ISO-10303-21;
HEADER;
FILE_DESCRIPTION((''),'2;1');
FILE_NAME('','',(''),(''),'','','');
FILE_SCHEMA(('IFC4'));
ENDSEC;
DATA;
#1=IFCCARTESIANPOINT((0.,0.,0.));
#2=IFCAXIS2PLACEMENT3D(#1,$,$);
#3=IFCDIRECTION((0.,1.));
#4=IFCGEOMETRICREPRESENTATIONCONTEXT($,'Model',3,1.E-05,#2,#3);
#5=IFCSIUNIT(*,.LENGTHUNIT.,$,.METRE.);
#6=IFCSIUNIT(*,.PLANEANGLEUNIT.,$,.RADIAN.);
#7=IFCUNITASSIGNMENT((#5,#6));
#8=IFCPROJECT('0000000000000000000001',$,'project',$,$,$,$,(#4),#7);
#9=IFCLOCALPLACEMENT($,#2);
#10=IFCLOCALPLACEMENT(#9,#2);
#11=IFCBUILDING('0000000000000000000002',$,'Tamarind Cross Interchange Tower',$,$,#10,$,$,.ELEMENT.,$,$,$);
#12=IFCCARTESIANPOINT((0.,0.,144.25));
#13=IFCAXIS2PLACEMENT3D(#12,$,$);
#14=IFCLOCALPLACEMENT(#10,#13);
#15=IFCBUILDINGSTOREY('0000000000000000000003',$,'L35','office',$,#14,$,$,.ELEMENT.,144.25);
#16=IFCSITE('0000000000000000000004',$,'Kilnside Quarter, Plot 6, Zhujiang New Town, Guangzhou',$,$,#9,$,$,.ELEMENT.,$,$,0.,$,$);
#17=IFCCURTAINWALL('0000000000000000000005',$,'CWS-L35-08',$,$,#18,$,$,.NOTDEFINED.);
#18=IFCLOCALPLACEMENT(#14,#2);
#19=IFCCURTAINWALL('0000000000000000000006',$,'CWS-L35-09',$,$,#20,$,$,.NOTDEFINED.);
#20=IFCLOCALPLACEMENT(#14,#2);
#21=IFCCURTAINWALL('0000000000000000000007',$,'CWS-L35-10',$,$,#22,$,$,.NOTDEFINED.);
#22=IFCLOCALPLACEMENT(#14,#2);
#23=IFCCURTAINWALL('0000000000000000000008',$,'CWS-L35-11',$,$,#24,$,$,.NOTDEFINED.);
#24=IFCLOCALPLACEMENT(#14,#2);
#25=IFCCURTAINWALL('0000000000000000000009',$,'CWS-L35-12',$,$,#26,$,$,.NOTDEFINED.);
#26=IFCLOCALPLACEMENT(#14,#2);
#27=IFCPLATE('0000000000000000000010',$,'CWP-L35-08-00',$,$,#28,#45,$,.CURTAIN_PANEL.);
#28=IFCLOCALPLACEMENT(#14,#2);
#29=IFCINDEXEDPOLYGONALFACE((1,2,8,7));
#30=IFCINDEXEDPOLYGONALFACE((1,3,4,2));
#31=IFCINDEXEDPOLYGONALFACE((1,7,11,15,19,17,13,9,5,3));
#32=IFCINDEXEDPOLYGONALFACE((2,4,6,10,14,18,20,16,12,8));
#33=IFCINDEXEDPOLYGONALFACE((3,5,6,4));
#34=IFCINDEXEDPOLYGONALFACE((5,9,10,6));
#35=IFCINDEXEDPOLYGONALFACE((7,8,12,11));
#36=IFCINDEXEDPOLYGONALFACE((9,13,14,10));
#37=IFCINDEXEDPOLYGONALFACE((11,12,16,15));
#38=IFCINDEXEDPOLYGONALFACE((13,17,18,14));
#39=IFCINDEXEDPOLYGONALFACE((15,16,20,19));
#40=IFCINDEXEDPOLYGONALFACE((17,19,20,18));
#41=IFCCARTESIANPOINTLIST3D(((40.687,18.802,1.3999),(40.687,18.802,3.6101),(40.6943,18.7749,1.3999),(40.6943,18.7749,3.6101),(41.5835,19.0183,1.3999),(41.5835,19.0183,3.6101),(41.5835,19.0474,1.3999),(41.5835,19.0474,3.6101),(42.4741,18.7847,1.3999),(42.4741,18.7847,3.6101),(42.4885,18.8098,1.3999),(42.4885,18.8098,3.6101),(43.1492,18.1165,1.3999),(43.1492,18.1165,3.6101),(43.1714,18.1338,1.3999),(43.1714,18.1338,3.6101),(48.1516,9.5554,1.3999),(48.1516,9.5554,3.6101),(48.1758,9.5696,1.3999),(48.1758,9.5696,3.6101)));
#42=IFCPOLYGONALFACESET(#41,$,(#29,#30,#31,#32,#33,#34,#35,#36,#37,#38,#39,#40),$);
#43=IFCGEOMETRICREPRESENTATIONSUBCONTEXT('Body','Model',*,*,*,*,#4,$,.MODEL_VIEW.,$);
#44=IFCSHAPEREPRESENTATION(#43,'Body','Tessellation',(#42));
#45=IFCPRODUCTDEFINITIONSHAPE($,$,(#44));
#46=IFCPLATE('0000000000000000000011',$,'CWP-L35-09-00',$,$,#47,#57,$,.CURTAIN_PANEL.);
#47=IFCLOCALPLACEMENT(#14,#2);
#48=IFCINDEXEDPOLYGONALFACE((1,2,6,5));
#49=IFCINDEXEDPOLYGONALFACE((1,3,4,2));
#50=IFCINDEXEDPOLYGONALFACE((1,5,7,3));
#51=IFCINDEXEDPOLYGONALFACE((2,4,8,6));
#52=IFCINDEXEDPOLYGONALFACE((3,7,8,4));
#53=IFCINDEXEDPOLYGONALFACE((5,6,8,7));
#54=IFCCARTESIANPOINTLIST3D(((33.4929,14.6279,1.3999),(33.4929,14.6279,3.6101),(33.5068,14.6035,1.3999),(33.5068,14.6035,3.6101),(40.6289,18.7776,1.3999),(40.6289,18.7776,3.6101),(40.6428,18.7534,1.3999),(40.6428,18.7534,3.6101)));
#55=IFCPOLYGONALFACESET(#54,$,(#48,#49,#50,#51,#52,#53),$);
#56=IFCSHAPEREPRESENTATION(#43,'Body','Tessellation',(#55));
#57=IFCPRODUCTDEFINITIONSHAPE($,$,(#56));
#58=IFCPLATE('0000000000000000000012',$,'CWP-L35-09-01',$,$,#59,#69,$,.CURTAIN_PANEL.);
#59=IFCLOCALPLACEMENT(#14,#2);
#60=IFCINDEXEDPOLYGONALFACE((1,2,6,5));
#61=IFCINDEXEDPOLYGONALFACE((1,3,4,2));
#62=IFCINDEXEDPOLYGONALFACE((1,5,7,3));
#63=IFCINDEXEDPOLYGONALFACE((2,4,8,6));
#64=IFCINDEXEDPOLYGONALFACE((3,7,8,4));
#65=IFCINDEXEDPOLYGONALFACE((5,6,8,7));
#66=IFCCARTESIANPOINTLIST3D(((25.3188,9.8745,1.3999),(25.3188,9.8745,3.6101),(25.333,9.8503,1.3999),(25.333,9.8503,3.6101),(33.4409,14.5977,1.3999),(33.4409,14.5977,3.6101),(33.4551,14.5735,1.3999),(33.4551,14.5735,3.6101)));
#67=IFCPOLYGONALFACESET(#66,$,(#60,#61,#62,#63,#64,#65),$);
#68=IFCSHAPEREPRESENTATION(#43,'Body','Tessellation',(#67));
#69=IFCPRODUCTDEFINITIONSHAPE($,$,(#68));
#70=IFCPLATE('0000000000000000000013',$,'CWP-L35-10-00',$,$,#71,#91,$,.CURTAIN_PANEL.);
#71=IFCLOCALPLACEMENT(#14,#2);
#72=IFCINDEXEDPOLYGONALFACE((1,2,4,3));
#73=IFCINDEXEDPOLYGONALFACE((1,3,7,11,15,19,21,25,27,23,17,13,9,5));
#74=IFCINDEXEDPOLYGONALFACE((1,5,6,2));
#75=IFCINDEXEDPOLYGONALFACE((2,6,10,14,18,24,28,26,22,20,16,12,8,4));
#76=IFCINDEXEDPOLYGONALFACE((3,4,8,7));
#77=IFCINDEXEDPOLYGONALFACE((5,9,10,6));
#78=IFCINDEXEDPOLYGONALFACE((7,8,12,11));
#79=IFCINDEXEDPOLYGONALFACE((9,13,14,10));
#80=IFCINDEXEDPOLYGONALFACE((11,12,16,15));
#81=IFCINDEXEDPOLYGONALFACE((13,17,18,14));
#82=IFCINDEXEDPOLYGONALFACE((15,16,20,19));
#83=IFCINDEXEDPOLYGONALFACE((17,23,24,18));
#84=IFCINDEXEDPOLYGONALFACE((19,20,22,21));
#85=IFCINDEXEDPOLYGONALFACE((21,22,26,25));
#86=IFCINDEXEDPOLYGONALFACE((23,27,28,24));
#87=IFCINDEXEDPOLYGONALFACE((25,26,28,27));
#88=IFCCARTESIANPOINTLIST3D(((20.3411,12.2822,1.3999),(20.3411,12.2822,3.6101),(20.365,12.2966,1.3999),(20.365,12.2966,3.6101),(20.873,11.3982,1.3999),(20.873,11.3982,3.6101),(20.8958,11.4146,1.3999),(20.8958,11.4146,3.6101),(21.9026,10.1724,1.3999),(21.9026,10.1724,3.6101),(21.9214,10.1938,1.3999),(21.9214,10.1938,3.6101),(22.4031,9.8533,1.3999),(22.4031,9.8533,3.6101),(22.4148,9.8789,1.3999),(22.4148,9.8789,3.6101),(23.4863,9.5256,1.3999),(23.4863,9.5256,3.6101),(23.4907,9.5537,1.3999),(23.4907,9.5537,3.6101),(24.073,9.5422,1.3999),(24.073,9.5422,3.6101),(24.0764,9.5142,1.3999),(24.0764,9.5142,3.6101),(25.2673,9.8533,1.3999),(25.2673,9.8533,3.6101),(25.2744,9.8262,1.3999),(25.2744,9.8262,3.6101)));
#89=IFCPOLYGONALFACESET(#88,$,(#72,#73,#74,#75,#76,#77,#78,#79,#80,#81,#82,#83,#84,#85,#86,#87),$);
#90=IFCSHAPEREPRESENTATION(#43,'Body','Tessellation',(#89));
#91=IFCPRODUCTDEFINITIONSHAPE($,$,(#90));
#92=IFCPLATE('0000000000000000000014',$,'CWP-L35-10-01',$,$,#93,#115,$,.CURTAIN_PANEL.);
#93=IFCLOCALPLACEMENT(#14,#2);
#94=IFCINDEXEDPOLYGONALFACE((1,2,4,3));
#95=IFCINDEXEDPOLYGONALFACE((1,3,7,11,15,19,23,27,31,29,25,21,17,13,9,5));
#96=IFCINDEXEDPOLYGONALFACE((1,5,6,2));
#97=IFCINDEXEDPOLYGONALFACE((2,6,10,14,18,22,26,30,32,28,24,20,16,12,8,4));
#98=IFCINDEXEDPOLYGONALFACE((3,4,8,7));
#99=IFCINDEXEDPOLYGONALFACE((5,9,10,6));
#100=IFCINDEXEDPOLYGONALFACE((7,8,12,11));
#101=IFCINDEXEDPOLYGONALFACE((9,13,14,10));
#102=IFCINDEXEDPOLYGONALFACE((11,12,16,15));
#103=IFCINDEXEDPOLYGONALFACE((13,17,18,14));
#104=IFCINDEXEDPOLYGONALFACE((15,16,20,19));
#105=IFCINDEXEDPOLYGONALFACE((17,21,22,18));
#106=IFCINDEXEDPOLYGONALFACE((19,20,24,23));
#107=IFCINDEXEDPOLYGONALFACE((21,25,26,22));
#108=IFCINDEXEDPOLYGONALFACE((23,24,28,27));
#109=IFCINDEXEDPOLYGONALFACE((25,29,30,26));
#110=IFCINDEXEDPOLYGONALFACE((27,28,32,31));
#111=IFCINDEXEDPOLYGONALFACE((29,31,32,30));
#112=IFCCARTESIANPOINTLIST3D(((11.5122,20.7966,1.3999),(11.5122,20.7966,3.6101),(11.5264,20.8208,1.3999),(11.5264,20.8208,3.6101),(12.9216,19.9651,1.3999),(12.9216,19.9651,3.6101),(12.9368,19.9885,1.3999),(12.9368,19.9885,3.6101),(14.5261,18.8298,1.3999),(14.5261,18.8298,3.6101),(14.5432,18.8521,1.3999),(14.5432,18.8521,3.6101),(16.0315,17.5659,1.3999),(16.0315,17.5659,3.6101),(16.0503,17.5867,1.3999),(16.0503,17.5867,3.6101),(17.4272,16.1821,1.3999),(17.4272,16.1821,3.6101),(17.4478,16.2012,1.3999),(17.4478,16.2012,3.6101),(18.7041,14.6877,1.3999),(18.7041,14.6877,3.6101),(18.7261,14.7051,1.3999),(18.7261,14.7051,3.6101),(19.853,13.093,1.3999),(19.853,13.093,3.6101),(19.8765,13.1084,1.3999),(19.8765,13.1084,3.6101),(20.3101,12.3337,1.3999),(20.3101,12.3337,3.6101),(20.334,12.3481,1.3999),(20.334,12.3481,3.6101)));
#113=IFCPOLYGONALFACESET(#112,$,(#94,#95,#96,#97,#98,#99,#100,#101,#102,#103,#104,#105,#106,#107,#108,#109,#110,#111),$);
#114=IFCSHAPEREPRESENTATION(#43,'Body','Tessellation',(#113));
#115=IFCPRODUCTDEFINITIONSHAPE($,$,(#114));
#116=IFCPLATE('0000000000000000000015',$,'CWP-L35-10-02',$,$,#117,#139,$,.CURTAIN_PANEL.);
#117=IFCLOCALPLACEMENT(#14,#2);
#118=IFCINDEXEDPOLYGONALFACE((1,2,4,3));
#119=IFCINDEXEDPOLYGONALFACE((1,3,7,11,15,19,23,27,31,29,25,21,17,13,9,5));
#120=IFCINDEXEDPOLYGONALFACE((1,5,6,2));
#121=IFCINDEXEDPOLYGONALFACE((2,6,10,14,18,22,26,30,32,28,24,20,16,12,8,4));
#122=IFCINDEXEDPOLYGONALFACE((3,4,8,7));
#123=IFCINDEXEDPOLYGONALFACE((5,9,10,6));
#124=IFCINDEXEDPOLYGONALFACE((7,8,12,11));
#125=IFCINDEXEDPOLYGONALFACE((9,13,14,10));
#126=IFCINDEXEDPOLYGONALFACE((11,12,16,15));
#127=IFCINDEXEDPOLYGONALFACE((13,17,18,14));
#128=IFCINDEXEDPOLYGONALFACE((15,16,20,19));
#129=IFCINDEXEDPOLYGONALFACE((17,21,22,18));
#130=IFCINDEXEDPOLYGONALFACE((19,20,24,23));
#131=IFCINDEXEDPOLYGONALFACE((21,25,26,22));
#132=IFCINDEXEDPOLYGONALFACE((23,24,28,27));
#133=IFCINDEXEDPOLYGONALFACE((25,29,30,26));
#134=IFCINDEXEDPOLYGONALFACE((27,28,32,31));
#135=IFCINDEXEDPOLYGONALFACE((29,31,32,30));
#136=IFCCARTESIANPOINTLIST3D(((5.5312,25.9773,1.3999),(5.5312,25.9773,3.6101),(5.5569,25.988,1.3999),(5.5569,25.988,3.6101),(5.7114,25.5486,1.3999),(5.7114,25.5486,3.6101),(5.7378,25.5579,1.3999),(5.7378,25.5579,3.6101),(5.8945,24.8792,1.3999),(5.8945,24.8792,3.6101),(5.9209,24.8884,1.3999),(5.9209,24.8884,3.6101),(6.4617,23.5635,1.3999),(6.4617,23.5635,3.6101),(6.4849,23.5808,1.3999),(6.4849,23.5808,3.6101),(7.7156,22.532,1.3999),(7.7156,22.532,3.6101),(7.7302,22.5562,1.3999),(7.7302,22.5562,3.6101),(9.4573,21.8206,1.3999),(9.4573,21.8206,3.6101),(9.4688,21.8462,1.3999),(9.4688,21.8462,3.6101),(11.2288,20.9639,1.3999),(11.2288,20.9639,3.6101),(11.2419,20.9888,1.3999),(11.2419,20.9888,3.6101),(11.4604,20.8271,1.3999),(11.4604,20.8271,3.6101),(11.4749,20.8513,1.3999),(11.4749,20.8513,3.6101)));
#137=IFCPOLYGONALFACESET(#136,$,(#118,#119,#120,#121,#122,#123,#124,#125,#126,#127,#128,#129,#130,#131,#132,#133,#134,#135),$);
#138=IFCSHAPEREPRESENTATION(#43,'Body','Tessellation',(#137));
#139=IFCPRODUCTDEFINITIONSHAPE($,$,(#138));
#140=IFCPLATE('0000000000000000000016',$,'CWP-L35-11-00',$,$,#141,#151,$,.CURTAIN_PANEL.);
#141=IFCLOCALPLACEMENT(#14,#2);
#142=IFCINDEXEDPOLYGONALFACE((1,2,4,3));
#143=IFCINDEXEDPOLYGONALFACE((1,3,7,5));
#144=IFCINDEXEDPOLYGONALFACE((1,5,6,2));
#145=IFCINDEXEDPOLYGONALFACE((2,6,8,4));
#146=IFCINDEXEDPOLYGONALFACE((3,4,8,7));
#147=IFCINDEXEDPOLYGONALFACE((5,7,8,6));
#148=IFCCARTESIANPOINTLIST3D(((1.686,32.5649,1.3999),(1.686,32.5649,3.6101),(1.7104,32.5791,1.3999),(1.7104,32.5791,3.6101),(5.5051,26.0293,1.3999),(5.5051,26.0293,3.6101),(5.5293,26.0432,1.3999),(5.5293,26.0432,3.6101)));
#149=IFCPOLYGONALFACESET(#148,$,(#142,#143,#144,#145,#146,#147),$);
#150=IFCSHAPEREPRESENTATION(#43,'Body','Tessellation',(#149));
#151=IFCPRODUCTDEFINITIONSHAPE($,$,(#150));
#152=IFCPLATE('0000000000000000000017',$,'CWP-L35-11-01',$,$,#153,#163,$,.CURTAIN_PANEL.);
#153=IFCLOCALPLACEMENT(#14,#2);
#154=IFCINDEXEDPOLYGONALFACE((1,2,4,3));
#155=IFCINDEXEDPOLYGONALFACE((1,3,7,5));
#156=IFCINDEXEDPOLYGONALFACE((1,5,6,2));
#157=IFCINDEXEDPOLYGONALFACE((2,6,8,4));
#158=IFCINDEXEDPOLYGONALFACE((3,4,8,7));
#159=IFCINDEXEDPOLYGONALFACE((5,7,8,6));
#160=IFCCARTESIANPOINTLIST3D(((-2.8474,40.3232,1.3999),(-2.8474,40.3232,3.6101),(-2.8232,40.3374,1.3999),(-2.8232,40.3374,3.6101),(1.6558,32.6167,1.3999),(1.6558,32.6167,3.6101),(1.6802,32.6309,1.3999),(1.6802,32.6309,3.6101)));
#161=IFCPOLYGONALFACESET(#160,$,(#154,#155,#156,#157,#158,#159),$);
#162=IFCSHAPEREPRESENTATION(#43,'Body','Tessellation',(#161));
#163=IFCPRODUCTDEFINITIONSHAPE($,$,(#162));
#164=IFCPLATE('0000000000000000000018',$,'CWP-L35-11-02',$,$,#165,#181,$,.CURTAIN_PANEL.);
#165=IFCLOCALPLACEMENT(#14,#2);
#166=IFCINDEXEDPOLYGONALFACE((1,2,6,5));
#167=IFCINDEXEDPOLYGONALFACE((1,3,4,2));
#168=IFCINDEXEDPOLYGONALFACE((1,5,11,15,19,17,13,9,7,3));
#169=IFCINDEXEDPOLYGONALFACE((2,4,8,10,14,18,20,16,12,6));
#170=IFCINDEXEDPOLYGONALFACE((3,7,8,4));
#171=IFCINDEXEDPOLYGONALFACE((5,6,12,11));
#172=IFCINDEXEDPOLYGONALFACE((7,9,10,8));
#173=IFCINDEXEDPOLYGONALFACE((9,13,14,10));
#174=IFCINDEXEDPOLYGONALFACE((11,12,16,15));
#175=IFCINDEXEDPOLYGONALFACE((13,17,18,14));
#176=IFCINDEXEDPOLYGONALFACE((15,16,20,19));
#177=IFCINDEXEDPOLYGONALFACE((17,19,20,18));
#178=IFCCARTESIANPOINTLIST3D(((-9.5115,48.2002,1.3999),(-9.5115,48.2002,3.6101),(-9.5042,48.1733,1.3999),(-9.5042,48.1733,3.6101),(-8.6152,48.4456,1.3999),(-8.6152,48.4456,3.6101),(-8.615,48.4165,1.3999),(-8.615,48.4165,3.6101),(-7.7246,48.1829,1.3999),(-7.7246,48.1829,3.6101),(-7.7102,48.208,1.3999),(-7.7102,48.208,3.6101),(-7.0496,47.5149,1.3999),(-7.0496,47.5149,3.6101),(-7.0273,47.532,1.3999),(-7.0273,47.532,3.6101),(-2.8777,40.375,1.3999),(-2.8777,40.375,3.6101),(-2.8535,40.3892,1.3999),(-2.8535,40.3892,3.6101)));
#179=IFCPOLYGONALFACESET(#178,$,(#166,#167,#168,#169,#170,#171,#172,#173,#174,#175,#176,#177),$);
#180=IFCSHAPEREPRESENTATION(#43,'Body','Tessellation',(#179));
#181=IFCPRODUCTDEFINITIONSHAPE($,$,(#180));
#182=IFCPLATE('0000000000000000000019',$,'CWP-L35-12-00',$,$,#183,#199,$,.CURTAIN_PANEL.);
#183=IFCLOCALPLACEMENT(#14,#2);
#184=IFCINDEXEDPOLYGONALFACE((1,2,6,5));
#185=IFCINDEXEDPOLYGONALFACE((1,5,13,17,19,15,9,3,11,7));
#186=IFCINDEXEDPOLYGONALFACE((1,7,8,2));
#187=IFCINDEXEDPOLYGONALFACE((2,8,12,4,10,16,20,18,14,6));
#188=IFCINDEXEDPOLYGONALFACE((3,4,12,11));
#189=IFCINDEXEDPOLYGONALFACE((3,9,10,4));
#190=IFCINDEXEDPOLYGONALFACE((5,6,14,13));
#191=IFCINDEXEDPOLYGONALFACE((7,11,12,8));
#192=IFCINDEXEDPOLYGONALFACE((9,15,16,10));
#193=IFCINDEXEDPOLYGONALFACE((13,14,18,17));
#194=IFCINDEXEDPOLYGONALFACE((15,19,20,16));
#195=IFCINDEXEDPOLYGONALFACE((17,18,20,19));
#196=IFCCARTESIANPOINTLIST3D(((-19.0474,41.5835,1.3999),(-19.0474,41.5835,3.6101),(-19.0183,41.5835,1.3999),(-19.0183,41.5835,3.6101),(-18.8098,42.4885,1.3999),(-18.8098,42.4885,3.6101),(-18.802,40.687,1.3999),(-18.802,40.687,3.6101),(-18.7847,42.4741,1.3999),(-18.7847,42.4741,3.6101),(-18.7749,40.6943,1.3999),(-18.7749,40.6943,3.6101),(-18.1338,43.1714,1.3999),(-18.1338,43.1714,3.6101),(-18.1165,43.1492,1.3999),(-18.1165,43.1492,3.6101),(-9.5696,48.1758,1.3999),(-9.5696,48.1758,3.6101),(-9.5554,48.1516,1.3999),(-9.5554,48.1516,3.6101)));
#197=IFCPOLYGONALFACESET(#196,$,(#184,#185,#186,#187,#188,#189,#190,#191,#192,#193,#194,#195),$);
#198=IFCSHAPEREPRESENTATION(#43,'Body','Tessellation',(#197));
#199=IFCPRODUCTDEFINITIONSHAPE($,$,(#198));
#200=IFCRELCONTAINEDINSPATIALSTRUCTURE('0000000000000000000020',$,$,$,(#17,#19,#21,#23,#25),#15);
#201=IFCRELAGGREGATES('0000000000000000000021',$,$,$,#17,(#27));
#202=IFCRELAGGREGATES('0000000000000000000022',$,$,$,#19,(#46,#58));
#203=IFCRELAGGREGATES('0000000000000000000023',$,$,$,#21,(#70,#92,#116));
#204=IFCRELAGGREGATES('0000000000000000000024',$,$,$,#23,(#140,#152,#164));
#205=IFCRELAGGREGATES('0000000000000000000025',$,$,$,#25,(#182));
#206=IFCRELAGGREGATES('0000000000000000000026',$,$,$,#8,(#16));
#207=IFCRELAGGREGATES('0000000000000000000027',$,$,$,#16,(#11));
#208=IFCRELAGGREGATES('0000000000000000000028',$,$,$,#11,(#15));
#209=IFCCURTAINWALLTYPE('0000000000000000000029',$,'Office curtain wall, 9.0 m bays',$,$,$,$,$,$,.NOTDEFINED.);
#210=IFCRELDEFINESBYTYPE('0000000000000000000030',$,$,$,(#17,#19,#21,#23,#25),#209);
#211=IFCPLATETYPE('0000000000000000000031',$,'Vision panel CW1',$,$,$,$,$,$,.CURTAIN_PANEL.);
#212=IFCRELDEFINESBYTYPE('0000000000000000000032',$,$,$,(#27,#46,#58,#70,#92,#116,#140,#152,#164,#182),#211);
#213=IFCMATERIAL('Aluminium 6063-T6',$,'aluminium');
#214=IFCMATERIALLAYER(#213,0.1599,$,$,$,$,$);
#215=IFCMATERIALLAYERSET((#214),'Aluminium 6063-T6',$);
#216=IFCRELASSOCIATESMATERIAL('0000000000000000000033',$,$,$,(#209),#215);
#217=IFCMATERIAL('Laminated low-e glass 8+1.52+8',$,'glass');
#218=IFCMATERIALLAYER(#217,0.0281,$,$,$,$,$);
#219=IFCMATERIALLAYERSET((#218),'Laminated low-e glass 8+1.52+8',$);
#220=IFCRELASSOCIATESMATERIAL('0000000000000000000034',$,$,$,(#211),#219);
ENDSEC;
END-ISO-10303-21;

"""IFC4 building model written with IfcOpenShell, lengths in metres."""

from ifc_helpers import new_model, si_unit, direction, frame, origin, place, context, subcontext, project, spatial, polyline, outline, extrude, material, layer, layer_set, type_object, element, aggregate, save


model = new_model("IFC4")

# Units and contexts
model_context = context("Model", 3, precision=1e-05, world=origin(), true_north=direction((0.0, 1.0)))
body_context = subcontext(model_context, "Body", "Model", "MODEL_VIEW")
ifc_project = project(units=[si_unit("LENGTHUNIT", "METRE"), si_unit("PLANEANGLEUNIT", "RADIAN")], contexts=[model_context])

# Site, building, storey
site_placement = place(None, origin())
site = spatial("IfcSite", under=ifc_project, at=site_placement, Name="Kilnside Quarter, Plot 6, Zhujiang New Town, Guangzhou", CompositionType="ELEMENT", RefElevation=0.0)
building_placement = place(site_placement, origin())
building = spatial("IfcBuilding", under=site, at=building_placement, Name="Tamarind Cross Interchange Tower", CompositionType="ELEMENT")
storey_placement = place(building_placement, frame((0.0, 0.0, 144.25)))
storey = spatial("IfcBuildingStorey", under=building, at=storey_placement, Name="L35", Description="office", CompositionType="ELEMENT", Elevation=144.25)

# Curtain walls
ifc_material_1 = material(Name="Aluminium 6063-T6", Category="aluminium")
ifc_layer_1 = layer(ifc_material_1, 0.1599)
ifc_layer_set_1 = layer_set([ifc_layer_1], Name="Aluminium 6063-T6")
curtain_wall_type = type_object("IfcCurtainWallType", Name="Office curtain wall, 9.0 m bays", PredefinedType="NOTDEFINED", material=ifc_layer_set_1)
curtain_wall_1_placement = place(storey_placement, origin())
curtain_wall_1 = element("IfcCurtainWall", 1, at=curtain_wall_1_placement, inside=storey, type_object=curtain_wall_type, Name="CWS-L35-08", PredefinedType="NOTDEFINED")
curtain_wall_2_placement = place(storey_placement, origin())
curtain_wall_2 = element("IfcCurtainWall", 2, at=curtain_wall_2_placement, inside=storey, type_object=curtain_wall_type, Name="CWS-L35-09", PredefinedType="NOTDEFINED")
curtain_wall_3_placement = place(storey_placement, origin())
curtain_wall_3 = element("IfcCurtainWall", 3, at=curtain_wall_3_placement, inside=storey, type_object=curtain_wall_type, Name="CWS-L35-10", PredefinedType="NOTDEFINED")
curtain_wall_4_placement = place(storey_placement, origin())
curtain_wall_4 = element("IfcCurtainWall", 4, at=curtain_wall_4_placement, inside=storey, type_object=curtain_wall_type, Name="CWS-L35-11", PredefinedType="NOTDEFINED")
curtain_wall_5_placement = place(storey_placement, origin())
curtain_wall_5 = element("IfcCurtainWall", 5, at=curtain_wall_5_placement, inside=storey, type_object=curtain_wall_type, Name="CWS-L35-12", PredefinedType="NOTDEFINED")

# Plates
ifc_material_2 = material(Name="Laminated low-e glass 8+1.52+8", Category="glass")
ifc_layer_2 = layer(ifc_material_2, 0.0281)
ifc_layer_set_2 = layer_set([ifc_layer_2], Name="Laminated low-e glass 8+1.52+8")
plate_type = type_object("IfcPlateType", Name="Vision panel CW1", PredefinedType="CURTAIN_PANEL", material=ifc_layer_set_2)
plate_1_placement = place(storey_placement, frame((0.0, 0.0, 1.3999)))
plate_1 = element("IfcPlate", 6, at=plate_1_placement, type_object=plate_type, Name="CWP-L35-08-00", PredefinedType="CURTAIN_PANEL", context=body_context, shape_type="SweptSolid", body=[
    extrude(outline(polyline([(48.1516, 9.5554), (43.1492, 18.1165), (42.4741, 18.7847), (41.5835, 19.0183), (40.6943, 18.7749), (40.687, 18.802), (41.5835, 19.0474), (42.4885, 18.8098), (43.1714, 18.1338), (48.1758, 9.5696), (48.1516, 9.5554)])), origin(), (0.0, 0.0, 1.0), 2.2102),
])
aggregate(curtain_wall_1, [plate_1])
plate_2_placement = place(storey_placement, frame((0.0, 0.0, 1.3999)))
plate_2 = element("IfcPlate", 7, at=plate_2_placement, type_object=plate_type, Name="CWP-L35-09-00", PredefinedType="CURTAIN_PANEL", context=body_context, shape_type="SweptSolid", body=[
    extrude(outline(polyline([(40.6428, 18.7534), (33.5068, 14.6035), (33.4929, 14.6279), (40.6289, 18.7776), (40.6428, 18.7534)])), origin(), (0.0, 0.0, 1.0), 2.2102),
])
plate_3_placement = place(storey_placement, frame((0.0, 0.0, 1.3999)))
plate_3 = element("IfcPlate", 8, at=plate_3_placement, type_object=plate_type, Name="CWP-L35-09-01", PredefinedType="CURTAIN_PANEL", context=body_context, shape_type="SweptSolid", body=[
    extrude(outline(polyline([(33.4551, 14.5735), (25.333, 9.8503), (25.3188, 9.8745), (33.4409, 14.5977), (33.4551, 14.5735)])), origin(), (0.0, 0.0, 1.0), 2.2102),
])
aggregate(curtain_wall_2, [plate_2, plate_3])
plate_4_placement = place(storey_placement, frame((0.0, 0.0, 1.3999)))
plate_4 = element("IfcPlate", 9, at=plate_4_placement, type_object=plate_type, Name="CWP-L35-10-00", PredefinedType="CURTAIN_PANEL", context=body_context, shape_type="SweptSolid", body=[
    extrude(outline(polyline([(25.2744, 9.8262), (24.0764, 9.5142), (23.4863, 9.5256), (22.4031, 9.8533), (21.9026, 10.1724), (20.873, 11.3982), (20.3411, 12.2822), (20.365, 12.2966), (20.8958, 11.4146), (21.9214, 10.1938), (22.4148, 9.8789), (23.4907, 9.5537), (24.073, 9.5422), (25.2673, 9.8533), (25.2744, 9.8262)])), origin(), (0.0, 0.0, 1.0), 2.2102),
])
plate_5_placement = place(storey_placement, frame((0.0, 0.0, 1.3999)))
plate_5 = element("IfcPlate", 10, at=plate_5_placement, type_object=plate_type, Name="CWP-L35-10-01", PredefinedType="CURTAIN_PANEL", context=body_context, shape_type="SweptSolid", body=[
    extrude(outline(polyline([(20.3101, 12.3337), (19.853, 13.093), (18.7041, 14.6877), (17.4272, 16.1821), (16.0315, 17.5659), (14.5261, 18.8298), (12.9216, 19.9651), (11.5122, 20.7966), (11.5264, 20.8208), (12.9368, 19.9885), (14.5432, 18.8521), (16.0503, 17.5867), (17.4478, 16.2012), (18.7261, 14.7051), (19.8765, 13.1084), (20.334, 12.3481), (20.3101, 12.3337)])), origin(), (0.0, 0.0, 1.0), 2.2102),
])
plate_6_placement = place(storey_placement, frame((0.0, 0.0, 1.3999)))
plate_6 = element("IfcPlate", 11, at=plate_6_placement, type_object=plate_type, Name="CWP-L35-10-02", PredefinedType="CURTAIN_PANEL", context=body_context, shape_type="SweptSolid", body=[
    extrude(outline(polyline([(11.4604, 20.8271), (11.2288, 20.9639), (9.4573, 21.8206), (7.7156, 22.532), (6.4617, 23.5635), (5.8945, 24.8792), (5.7114, 25.5486), (5.5312, 25.9773), (5.5569, 25.988), (5.7378, 25.5579), (5.9209, 24.8884), (6.4849, 23.5808), (7.7302, 22.5562), (9.4688, 21.8462), (11.2419, 20.9888), (11.4749, 20.8513), (11.4604, 20.8271)])), origin(), (0.0, 0.0, 1.0), 2.2102),
])
aggregate(curtain_wall_3, [plate_4, plate_5, plate_6])
plate_7_placement = place(storey_placement, frame((0.0, 0.0, 1.3999)))
plate_7 = element("IfcPlate", 12, at=plate_7_placement, type_object=plate_type, Name="CWP-L35-11-00", PredefinedType="CURTAIN_PANEL", context=body_context, shape_type="SweptSolid", body=[
    extrude(outline(polyline([(5.5051, 26.0293), (1.686, 32.5649), (1.7104, 32.5791), (5.5293, 26.0432), (5.5051, 26.0293)])), origin(), (0.0, 0.0, 1.0), 2.2102),
])
plate_8_placement = place(storey_placement, frame((0.0, 0.0, 1.3999)))
plate_8 = element("IfcPlate", 13, at=plate_8_placement, type_object=plate_type, Name="CWP-L35-11-01", PredefinedType="CURTAIN_PANEL", context=body_context, shape_type="SweptSolid", body=[
    extrude(outline(polyline([(1.6558, 32.6167), (-2.8474, 40.3232), (-2.8232, 40.3374), (1.6802, 32.6309), (1.6558, 32.6167)])), origin(), (0.0, 0.0, 1.0), 2.2102),
])
plate_9_placement = place(storey_placement, frame((0.0, 0.0, 1.3999)))
plate_9 = element("IfcPlate", 14, at=plate_9_placement, type_object=plate_type, Name="CWP-L35-11-02", PredefinedType="CURTAIN_PANEL", context=body_context, shape_type="SweptSolid", body=[
    extrude(outline(polyline([(-2.8777, 40.375), (-7.0496, 47.5149), (-7.7246, 48.1829), (-8.615, 48.4165), (-9.5042, 48.1733), (-9.5115, 48.2002), (-8.6152, 48.4456), (-7.7102, 48.208), (-7.0273, 47.532), (-2.8535, 40.3892), (-2.8777, 40.375)])), origin(), (0.0, 0.0, 1.0), 2.2102),
])
aggregate(curtain_wall_4, [plate_7, plate_8, plate_9])
plate_10_placement = place(storey_placement, frame((0.0, 0.0, 1.3999)))
plate_10 = element("IfcPlate", 15, at=plate_10_placement, type_object=plate_type, Name="CWP-L35-12-00", PredefinedType="CURTAIN_PANEL", context=body_context, shape_type="SweptSolid", body=[
    extrude(outline(polyline([(-9.5554, 48.1516), (-18.1165, 43.1492), (-18.7847, 42.4741), (-19.0183, 41.5835), (-18.7749, 40.6943), (-18.802, 40.687), (-19.0474, 41.5835), (-18.8098, 42.4885), (-18.1338, 43.1714), (-9.5696, 48.1758), (-9.5554, 48.1516)])), origin(), (0.0, 0.0, 1.0), 2.2102),
])
aggregate(curtain_wall_5, [plate_10])

save(model, "model.ifc")
